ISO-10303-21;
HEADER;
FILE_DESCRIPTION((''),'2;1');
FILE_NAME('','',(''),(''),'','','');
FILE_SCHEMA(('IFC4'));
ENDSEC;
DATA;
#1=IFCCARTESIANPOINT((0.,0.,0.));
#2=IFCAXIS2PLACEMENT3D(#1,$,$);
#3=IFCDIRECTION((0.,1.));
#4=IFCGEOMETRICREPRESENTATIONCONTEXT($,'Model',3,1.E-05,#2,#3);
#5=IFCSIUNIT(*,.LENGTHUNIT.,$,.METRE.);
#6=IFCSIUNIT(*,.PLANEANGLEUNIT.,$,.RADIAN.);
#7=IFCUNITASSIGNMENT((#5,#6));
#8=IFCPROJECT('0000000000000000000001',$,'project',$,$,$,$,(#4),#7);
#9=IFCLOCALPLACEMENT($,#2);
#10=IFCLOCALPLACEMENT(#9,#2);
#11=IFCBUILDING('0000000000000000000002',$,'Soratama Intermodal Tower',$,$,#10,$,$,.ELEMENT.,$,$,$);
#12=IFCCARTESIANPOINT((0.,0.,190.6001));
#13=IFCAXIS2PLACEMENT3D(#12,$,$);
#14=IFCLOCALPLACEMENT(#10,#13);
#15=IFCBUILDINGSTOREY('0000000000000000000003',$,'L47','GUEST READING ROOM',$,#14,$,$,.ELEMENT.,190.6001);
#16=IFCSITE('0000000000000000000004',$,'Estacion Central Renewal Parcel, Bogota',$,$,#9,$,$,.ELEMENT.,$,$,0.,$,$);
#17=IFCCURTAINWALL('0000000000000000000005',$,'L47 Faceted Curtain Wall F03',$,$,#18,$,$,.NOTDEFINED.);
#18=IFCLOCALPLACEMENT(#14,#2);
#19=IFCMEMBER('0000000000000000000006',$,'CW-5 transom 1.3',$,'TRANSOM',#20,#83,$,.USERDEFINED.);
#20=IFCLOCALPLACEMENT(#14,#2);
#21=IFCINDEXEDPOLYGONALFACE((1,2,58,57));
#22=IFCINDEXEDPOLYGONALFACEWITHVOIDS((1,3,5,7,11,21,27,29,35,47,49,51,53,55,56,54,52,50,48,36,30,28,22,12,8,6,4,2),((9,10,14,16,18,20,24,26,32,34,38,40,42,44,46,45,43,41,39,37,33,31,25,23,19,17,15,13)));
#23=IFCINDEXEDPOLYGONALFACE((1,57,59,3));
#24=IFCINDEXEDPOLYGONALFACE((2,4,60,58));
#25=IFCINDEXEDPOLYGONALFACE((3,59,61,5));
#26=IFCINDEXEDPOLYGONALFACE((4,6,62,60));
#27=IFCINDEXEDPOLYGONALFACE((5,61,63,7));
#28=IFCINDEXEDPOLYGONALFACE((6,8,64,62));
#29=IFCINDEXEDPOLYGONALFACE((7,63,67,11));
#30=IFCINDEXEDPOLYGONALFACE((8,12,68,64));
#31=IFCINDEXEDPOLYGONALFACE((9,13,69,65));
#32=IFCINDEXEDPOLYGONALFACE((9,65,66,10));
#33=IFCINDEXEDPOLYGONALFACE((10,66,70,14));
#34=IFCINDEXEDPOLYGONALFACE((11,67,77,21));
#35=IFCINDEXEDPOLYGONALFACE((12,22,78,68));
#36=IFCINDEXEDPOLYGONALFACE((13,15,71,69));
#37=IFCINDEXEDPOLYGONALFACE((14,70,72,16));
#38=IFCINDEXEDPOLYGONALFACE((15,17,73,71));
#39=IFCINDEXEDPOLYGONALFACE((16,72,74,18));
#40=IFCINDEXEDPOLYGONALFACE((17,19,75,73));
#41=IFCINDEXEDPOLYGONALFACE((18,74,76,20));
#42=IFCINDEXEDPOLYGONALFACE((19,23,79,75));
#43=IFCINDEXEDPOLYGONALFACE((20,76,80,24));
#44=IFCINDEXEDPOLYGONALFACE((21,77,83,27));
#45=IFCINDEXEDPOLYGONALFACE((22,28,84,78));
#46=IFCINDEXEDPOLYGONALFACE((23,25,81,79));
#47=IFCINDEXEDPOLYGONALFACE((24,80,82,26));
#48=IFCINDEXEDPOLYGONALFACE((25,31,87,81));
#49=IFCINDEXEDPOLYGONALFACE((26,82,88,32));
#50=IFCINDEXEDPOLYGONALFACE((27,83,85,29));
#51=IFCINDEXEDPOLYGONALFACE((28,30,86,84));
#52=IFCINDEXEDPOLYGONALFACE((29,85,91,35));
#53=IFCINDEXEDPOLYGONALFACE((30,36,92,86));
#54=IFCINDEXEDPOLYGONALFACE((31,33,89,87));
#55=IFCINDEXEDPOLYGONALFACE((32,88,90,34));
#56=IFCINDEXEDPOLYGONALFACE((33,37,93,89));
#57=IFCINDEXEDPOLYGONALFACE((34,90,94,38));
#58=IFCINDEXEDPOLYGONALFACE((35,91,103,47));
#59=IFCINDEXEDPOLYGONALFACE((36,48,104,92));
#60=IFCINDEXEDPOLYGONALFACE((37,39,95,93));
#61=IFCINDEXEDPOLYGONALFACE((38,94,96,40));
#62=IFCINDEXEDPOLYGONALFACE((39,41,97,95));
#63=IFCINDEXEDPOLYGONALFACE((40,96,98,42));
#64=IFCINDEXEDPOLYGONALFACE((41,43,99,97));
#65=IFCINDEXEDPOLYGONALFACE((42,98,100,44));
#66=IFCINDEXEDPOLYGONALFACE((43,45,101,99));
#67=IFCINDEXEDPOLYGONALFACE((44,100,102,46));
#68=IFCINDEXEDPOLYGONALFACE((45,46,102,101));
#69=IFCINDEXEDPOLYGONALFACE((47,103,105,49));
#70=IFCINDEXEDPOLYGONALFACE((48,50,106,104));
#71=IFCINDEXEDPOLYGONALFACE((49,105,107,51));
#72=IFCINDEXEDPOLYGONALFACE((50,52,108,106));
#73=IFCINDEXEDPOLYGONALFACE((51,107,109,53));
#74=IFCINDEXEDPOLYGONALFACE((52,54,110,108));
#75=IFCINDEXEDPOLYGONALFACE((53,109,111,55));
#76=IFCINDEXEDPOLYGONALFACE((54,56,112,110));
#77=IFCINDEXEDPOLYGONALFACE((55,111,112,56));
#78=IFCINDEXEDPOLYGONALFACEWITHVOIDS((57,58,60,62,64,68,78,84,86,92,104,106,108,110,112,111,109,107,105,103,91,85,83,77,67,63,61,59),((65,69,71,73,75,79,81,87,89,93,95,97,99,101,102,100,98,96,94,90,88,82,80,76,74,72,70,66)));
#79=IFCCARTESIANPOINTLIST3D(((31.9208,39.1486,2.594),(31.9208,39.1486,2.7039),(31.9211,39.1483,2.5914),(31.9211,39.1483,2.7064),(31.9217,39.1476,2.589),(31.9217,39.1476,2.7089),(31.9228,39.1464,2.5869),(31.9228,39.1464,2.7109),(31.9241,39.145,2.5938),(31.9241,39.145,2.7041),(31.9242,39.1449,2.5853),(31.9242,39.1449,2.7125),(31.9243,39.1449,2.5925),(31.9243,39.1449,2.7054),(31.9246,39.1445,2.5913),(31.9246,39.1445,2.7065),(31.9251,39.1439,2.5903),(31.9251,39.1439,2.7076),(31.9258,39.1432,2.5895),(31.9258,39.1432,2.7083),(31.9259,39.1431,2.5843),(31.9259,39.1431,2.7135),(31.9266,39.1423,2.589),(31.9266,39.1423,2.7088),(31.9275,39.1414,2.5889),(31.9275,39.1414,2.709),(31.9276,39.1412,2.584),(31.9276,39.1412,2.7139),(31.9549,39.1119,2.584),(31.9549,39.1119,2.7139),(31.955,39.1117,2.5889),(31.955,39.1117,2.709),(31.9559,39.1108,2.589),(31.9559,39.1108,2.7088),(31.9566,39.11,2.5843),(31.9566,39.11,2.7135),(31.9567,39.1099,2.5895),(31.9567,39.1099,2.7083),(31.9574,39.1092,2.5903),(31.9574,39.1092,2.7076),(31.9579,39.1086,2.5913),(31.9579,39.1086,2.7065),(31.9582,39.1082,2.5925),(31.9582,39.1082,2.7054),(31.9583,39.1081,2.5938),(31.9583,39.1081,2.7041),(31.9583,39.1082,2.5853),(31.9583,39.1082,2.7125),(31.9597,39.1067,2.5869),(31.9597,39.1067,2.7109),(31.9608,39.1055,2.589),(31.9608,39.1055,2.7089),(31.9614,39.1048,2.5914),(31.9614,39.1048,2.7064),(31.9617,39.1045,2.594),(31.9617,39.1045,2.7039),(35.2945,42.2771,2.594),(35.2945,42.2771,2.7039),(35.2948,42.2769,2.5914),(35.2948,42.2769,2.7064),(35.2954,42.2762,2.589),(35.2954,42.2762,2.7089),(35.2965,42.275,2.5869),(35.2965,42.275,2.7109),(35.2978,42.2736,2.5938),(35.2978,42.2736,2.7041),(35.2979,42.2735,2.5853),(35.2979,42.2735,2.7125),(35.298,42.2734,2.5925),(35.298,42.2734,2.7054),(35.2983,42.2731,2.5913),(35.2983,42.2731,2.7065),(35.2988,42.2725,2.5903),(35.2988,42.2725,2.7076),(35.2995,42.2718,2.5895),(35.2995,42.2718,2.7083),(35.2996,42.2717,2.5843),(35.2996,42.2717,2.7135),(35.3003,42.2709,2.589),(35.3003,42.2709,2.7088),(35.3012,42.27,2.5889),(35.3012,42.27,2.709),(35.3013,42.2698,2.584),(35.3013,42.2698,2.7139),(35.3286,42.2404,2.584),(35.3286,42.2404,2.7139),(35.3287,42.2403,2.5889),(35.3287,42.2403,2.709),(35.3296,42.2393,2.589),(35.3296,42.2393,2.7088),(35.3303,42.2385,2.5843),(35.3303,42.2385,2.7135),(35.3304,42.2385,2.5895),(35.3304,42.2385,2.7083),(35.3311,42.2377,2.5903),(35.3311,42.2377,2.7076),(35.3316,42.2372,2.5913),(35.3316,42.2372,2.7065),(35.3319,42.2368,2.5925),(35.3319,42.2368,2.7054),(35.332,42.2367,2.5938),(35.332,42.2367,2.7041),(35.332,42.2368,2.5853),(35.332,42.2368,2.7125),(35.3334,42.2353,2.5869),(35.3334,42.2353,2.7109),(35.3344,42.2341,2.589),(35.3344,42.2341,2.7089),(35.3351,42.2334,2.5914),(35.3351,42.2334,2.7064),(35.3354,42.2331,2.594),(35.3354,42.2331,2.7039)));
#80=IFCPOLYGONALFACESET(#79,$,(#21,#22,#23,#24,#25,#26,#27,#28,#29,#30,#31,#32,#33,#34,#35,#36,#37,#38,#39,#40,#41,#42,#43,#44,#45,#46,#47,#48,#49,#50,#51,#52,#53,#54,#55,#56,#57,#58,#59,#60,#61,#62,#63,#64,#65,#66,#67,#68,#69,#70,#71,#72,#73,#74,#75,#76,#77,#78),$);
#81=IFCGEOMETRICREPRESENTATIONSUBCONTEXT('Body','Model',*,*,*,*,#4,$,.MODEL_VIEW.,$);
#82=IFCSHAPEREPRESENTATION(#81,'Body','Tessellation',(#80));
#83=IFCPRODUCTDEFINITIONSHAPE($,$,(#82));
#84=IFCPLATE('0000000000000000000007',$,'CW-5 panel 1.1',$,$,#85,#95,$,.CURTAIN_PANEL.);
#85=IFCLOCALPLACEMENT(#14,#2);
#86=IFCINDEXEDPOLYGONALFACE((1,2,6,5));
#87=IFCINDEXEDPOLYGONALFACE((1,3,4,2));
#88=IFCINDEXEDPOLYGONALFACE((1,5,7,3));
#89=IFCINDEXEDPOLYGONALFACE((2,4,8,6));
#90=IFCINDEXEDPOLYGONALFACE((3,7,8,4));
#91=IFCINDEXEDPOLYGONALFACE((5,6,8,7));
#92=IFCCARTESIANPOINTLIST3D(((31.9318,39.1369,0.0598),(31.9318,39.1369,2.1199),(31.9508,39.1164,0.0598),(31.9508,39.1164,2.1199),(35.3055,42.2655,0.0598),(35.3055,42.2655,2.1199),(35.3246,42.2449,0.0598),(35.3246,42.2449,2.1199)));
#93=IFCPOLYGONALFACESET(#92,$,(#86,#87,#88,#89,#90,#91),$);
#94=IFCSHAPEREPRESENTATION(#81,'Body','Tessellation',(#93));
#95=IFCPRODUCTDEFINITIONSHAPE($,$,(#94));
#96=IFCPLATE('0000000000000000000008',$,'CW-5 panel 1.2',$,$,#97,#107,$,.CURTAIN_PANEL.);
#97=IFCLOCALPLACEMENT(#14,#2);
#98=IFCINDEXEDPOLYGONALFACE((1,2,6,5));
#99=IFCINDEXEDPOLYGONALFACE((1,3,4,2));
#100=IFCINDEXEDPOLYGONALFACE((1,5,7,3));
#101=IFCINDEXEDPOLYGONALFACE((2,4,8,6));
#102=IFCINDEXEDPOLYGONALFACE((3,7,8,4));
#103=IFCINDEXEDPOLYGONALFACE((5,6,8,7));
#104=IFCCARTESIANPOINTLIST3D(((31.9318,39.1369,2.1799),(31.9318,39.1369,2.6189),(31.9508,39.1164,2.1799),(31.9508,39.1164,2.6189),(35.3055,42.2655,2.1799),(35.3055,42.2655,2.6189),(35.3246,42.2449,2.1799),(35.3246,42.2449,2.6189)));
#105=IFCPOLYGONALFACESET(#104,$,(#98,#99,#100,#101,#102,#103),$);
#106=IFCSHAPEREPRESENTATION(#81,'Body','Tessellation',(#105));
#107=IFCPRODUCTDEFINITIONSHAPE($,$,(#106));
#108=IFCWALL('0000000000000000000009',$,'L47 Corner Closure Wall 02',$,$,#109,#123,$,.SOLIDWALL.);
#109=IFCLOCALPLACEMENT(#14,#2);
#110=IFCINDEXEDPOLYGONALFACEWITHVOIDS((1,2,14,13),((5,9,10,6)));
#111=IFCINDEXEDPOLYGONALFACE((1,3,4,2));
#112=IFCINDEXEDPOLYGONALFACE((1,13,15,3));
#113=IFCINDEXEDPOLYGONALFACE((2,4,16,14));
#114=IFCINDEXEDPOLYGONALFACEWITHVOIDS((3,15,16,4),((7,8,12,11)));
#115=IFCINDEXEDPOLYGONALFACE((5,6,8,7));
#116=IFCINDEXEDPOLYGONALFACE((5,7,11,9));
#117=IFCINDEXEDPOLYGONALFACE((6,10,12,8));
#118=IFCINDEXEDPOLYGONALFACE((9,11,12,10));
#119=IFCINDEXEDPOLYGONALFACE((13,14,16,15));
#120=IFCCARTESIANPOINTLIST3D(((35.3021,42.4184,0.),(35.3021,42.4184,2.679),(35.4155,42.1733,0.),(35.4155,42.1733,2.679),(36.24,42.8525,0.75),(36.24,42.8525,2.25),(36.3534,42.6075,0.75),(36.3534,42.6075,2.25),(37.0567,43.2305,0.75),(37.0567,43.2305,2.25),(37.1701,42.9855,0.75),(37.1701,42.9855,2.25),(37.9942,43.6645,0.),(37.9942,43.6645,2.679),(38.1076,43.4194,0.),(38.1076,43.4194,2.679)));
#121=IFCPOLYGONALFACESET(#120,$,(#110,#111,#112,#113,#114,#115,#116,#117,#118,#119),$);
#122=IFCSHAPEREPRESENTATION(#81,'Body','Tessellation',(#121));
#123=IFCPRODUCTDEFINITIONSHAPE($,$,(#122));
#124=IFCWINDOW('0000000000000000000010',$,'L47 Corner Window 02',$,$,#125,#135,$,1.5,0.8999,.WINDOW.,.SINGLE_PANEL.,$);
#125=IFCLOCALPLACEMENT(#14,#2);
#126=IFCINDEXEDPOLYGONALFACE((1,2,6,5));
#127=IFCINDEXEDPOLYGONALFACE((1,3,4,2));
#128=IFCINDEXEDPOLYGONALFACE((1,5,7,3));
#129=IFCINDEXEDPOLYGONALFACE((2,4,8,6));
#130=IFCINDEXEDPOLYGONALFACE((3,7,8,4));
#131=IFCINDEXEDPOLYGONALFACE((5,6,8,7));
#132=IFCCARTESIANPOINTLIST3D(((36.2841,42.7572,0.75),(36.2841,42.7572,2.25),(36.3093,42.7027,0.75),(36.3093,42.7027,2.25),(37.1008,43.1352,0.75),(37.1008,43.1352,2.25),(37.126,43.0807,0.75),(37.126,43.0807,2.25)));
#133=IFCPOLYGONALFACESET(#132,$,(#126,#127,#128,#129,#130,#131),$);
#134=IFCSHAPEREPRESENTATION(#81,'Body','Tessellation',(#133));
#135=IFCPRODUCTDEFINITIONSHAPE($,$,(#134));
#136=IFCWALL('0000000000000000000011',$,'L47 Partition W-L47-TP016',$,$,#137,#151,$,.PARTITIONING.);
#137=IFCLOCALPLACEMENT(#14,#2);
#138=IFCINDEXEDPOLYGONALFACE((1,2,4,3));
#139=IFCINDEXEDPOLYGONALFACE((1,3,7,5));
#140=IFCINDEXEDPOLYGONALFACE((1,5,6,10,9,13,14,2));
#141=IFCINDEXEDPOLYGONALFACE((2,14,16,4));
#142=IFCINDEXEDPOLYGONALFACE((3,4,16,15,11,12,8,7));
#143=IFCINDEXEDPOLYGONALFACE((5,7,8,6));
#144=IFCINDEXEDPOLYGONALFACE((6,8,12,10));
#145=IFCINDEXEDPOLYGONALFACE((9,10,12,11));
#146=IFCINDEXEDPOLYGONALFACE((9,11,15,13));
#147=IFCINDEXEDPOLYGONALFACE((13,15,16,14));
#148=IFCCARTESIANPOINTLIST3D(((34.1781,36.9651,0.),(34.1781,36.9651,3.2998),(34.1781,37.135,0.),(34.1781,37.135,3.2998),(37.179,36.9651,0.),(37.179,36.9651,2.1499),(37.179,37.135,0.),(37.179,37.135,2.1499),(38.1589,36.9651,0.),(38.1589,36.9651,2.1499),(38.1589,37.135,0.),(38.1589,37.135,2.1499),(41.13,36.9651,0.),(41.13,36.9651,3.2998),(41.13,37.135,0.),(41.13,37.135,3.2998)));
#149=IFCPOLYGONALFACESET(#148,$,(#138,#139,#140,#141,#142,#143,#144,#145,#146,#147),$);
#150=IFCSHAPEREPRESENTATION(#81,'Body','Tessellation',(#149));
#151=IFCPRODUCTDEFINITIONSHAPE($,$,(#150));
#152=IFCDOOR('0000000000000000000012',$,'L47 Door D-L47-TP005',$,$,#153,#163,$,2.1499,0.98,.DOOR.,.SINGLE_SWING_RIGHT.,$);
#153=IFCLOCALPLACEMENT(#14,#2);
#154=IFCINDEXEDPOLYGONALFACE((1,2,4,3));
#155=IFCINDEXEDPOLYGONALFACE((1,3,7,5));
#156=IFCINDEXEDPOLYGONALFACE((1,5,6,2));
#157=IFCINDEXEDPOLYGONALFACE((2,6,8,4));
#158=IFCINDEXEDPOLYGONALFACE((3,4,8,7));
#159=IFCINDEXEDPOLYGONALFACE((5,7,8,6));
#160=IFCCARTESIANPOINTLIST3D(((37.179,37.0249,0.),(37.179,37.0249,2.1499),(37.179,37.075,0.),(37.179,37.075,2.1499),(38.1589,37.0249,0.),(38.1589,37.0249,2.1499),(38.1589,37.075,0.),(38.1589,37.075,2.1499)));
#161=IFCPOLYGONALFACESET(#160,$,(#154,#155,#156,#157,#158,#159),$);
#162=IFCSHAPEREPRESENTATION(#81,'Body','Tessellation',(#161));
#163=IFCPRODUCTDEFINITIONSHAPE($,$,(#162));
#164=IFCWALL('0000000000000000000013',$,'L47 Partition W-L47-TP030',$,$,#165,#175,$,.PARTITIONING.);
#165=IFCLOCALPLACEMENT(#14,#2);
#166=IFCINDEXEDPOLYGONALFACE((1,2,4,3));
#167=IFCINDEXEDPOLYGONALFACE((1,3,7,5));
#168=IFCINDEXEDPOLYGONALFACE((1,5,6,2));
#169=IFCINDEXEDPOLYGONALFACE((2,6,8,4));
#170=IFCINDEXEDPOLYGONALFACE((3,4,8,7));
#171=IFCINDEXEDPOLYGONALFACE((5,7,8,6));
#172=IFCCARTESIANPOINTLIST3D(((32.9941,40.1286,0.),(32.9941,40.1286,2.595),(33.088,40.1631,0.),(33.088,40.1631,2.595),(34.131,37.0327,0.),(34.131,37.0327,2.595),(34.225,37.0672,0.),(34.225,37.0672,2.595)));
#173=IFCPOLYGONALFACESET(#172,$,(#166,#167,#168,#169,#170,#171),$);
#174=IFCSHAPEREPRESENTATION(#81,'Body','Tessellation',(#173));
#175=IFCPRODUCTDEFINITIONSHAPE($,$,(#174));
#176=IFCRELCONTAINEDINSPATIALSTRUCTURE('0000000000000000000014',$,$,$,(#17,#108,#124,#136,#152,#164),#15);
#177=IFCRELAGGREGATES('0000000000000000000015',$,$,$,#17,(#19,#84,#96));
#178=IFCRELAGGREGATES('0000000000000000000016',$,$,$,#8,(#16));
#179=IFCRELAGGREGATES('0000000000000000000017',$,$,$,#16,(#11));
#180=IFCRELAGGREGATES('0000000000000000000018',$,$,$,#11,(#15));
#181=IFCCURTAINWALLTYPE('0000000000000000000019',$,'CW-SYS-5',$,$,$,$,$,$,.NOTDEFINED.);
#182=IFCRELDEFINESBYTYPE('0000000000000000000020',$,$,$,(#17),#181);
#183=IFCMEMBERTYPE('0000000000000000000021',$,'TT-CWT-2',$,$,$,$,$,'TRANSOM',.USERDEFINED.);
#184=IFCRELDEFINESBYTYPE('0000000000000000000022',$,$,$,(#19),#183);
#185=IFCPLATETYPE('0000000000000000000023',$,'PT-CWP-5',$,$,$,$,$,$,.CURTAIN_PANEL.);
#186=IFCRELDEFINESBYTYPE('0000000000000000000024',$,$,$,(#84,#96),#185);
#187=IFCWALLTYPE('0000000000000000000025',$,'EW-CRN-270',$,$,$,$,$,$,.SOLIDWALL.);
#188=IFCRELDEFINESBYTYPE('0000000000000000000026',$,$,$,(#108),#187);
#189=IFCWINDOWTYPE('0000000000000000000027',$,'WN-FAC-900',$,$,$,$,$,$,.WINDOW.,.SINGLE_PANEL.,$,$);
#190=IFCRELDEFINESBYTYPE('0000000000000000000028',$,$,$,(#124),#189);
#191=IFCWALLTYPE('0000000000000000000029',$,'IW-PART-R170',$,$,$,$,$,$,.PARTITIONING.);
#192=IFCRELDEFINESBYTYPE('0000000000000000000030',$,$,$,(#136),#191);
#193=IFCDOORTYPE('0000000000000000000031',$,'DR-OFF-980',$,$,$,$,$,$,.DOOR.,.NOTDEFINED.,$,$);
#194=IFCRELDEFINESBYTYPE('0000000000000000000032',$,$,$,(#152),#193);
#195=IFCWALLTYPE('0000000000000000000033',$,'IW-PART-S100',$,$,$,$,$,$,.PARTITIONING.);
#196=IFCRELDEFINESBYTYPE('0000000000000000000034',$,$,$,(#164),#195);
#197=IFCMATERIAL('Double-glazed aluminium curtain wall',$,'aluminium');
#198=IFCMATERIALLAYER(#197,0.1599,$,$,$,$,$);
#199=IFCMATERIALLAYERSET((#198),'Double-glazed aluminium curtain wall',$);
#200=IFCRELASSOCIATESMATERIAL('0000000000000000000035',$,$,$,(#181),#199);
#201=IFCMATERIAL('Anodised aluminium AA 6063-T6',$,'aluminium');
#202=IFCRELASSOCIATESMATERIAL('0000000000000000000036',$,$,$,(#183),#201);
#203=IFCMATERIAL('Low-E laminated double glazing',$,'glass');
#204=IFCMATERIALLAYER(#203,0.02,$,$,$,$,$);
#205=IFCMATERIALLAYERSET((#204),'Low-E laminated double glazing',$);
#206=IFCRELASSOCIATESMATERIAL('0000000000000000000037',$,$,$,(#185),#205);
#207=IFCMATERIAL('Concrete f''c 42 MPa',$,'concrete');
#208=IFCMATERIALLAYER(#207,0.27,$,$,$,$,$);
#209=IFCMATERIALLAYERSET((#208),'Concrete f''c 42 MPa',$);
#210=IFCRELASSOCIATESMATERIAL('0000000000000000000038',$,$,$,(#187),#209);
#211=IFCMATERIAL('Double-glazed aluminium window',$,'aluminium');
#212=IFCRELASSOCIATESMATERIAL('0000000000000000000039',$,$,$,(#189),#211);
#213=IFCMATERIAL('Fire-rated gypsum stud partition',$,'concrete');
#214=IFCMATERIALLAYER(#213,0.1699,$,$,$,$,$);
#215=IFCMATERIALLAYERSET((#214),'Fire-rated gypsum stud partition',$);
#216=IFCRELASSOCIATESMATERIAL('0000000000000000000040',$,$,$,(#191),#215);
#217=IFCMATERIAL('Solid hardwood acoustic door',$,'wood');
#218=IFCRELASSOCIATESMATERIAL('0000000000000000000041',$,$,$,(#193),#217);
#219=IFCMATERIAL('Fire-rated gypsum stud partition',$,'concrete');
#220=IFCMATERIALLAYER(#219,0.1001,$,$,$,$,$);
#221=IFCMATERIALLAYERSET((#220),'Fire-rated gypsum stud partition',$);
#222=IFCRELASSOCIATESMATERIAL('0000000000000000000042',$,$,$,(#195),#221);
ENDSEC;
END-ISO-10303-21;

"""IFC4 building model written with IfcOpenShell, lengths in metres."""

from ifc_helpers import new_model, si_unit, direction, frame, frame_2d, origin, origin_2d, place, context, subcontext, project, spatial, rectangle, hollow_rectangle, extrude, material, layer, layer_set, material_profile, profile_set, type_object, element, fill, aggregate, save


model = new_model("IFC4")

# Units and contexts
model_context = context("Model", 3, precision=1e-05, world=origin(), true_north=direction((0.0, 1.0)))
body_context = subcontext(model_context, "Body", "Model", "MODEL_VIEW")
ifc_project = project(units=[si_unit("LENGTHUNIT", "METRE"), si_unit("PLANEANGLEUNIT", "RADIAN")], contexts=[model_context])

# Site, building, storey
site_placement = place(None, origin())
site = spatial("IfcSite", under=ifc_project, at=site_placement, Name="Estacion Central Renewal Parcel, Bogota", CompositionType="ELEMENT", RefElevation=0.0)
building_placement = place(site_placement, origin())
building = spatial("IfcBuilding", under=site, at=building_placement, Name="Soratama Intermodal Tower", CompositionType="ELEMENT")
storey_placement = place(building_placement, frame((0.0, 0.0, 190.6001)))
storey = spatial("IfcBuildingStorey", under=building, at=storey_placement, Name="L47", Description="GUEST READING ROOM", CompositionType="ELEMENT", Elevation=190.6001)

# Curtain wall, member, plates
ifc_material_1 = material(Name="Double-glazed aluminium curtain wall", Category="aluminium")
ifc_layer_1 = layer(ifc_material_1, 0.1599)
ifc_layer_set_1 = layer_set([ifc_layer_1], Name="Double-glazed aluminium curtain wall")
curtain_wall_type = type_object("IfcCurtainWallType", Name="CW-SYS-5", PredefinedType="NOTDEFINED", material=ifc_layer_set_1)
curtain_wall_placement = place(storey_placement, origin())
curtain_wall = element("IfcCurtainWall", 1, at=curtain_wall_placement, inside=storey, type_object=curtain_wall_type, Name="L47 Faceted Curtain Wall F03", PredefinedType="NOTDEFINED")
ifc_material_2 = material(Name="Anodised aluminium AA 6063-T6", Category="aluminium")
ifc_material_profile_1 = material_profile(ifc_material_2, hollow_rectangle(XDim=0.0601, YDim=0.1299, WallThickness=0.0049, InnerFilletRadius=0.0049, OuterFilletRadius=0.01, at=origin_2d()), Name="CWT130X60X5")
ifc_profile_set_1 = profile_set([ifc_material_profile_1], Name="Anodised aluminium AA 6063-T6")
member_type_1 = type_object("IfcMemberType", Name="TT-CWT-2", ElementType="TRANSOM", PredefinedType="USERDEFINED", material=ifc_profile_set_1)
member_1_placement = place(storey_placement, frame((35.3149, 42.2551, 2.6489), z_axis=(-0.733241, -0.679969, 0.0), x_axis=(0.679969, -0.733241, 0.0)))
member_1 = element("IfcMember", 2, at=member_1_placement, type_object=member_type_1, Name="CW-5 transom 1.3", ObjectType="TRANSOM", PredefinedType="USERDEFINED", context=body_context, shape_type="SweptSolid", body=[
    extrude(hollow_rectangle(XDim=0.0601, YDim=0.1299, WallThickness=0.0049, InnerFilletRadius=0.0049, OuterFilletRadius=0.01, at=origin_2d()), origin(), (0.0, 0.0, 1.0), 4.6011),
])
ifc_material_3 = material(Name="Low-E laminated double glazing", Category="glass")
ifc_layer_2 = layer(ifc_material_3, 0.02)
ifc_layer_set_2 = layer_set([ifc_layer_2], Name="Low-E laminated double glazing")
plate_type = type_object("IfcPlateType", Name="PT-CWP-5", PredefinedType="CURTAIN_PANEL", material=ifc_layer_set_2)
plate_1_placement = place(storey_placement, frame((33.6282, 40.6909, 0.0598), z_axis=(0.0, 0.0, 1.0), x_axis=(-0.733251, -0.679958, 0.0)))
plate_1 = element("IfcPlate", 3, at=plate_1_placement, type_object=plate_type, Name="CW-5 panel 1.1", PredefinedType="CURTAIN_PANEL", context=body_context, shape_type="SweptSolid", body=[
    extrude(rectangle(XDim=4.6011, YDim=0.0281, at=origin_2d()), origin(), (0.0, 0.0, 1.0), 2.0601),
])
plate_2_placement = place(storey_placement, frame((33.6282, 40.6909, 2.1799), z_axis=(0.0, 0.0, 1.0), x_axis=(-0.733251, -0.679958, 0.0)))
plate_2 = element("IfcPlate", 4, at=plate_2_placement, type_object=plate_type, Name="CW-5 panel 1.2", PredefinedType="CURTAIN_PANEL", context=body_context, shape_type="SweptSolid", body=[
    extrude(rectangle(XDim=4.6011, YDim=0.0281, at=origin_2d()), origin(), (0.0, 0.0, 1.0), 0.439),
])
aggregate(curtain_wall, [member_1, plate_1, plate_2])

# Wall, opening, window
ifc_material_4 = material(Name="Concrete f'c 42 MPa", Category="concrete")
ifc_layer_3 = layer(ifc_material_4, 0.27)
ifc_layer_set_3 = layer_set([ifc_layer_3], Name="Concrete f'c 42 MPa")
wall_type_1 = type_object("IfcWallType", Name="EW-CRN-270", PredefinedType="SOLIDWALL", material=ifc_layer_set_3)
wall_1_placement = place(storey_placement, frame((38.051, 43.542, 0.0), z_axis=(0.0, 0.0, 1.0), x_axis=(-0.907501, -0.42005, 0.0)))
wall_1 = element("IfcWall", 5, at=wall_1_placement, inside=storey, type_object=wall_type_1, Name="L47 Corner Closure Wall 02", PredefinedType="SOLIDWALL", context=body_context, shape_type="SweptSolid", body=[
    extrude(rectangle(XDim=2.9666, YDim=0.27, at=frame_2d((1.4834, 0.0))), origin(), (0.0, 0.0, 1.0), 2.679),
])
opening_1_placement = place(wall_1_placement, frame((1.0332, 0.0, 0.75)))
opening_1 = element("IfcOpeningElement", 6, at=opening_1_placement, cuts=wall_1, PredefinedType="OPENING", context=body_context, shape_type="SweptSolid", body=[
    extrude(rectangle(XDim=0.8999, YDim=1.5, at=frame_2d((0.45, 0.75))), frame((0.0, 0.145, 0.0), z_axis=(0.0, -1.0, 0.0), x_axis=(1.0, 0.0, 0.0)), (0.0, 0.0, 1.0), 0.29),
])
ifc_material_5 = material(Name="Double-glazed aluminium window", Category="aluminium")
window_type = type_object("IfcWindowType", Name="WN-FAC-900", PartitioningType="SINGLE_PANEL", PredefinedType="WINDOW", material=ifc_material_5)
window_placement = place(opening_1_placement, origin())
window = element("IfcWindow", 7, at=window_placement, inside=storey, type_object=window_type, Name="L47 Corner Window 02", OverallHeight=1.5, OverallWidth=0.8999, PartitioningType="SINGLE_PANEL", PredefinedType="WINDOW", context=body_context, shape_type="SweptSolid", body=[
    extrude(rectangle(XDim=0.8999, YDim=1.5, at=frame_2d((0.45, 0.75))), frame((0.0, 0.03, 0.0), z_axis=(0.0, -1.0, 0.0), x_axis=(1.0, 0.0, 0.0)), (0.0, 0.0, 1.0), 0.0601),
])
fill(opening_1, window)

# Wall, opening, door
ifc_material_6 = material(Name="Fire-rated gypsum stud partition", Category="concrete")
ifc_layer_4 = layer(ifc_material_6, 0.1699)
ifc_layer_set_4 = layer_set([ifc_layer_4], Name="Fire-rated gypsum stud partition")
wall_type_2 = type_object("IfcWallType", Name="IW-PART-R170", PredefinedType="PARTITIONING", material=ifc_layer_set_4)
wall_2_placement = place(storey_placement, frame((34.178, 37.05, 0.0), z_axis=(0.0, 0.0, 1.0), x_axis=(1.0, 0.0, 0.0)))
wall_2 = element("IfcWall", 8, at=wall_2_placement, inside=storey, type_object=wall_type_2, Name="L47 Partition W-L47-TP016", PredefinedType="PARTITIONING", context=body_context, shape_type="SweptSolid", body=[
    extrude(rectangle(XDim=6.9519, YDim=0.1699, at=frame_2d((3.4761, 0.0))), origin(), (0.0, 0.0, 1.0), 3.2998),
])
opening_2_placement = place(wall_2_placement, frame((3.001, 0.0, 0.0)))
opening_2 = element("IfcOpeningElement", 9, at=opening_2_placement, cuts=wall_2, PredefinedType="OPENING", context=body_context, shape_type="SweptSolid", body=[
    extrude(rectangle(XDim=0.98, YDim=2.1499, at=frame_2d((0.49, 1.075))), frame((0.0, 0.095, 0.0), z_axis=(0.0, -1.0, 0.0), x_axis=(1.0, 0.0, 0.0)), (0.0, 0.0, 1.0), 0.1899),
])
ifc_material_7 = material(Name="Solid hardwood acoustic door", Category="wood")
door_type = type_object("IfcDoorType", Name="DR-OFF-980", OperationType="NOTDEFINED", PredefinedType="DOOR", material=ifc_material_7)
door_placement = place(opening_2_placement, origin())
door = element("IfcDoor", 10, at=door_placement, inside=storey, type_object=door_type, Name="L47 Door D-L47-TP005", OperationType="SINGLE_SWING_RIGHT", OverallHeight=2.1499, OverallWidth=0.98, PredefinedType="DOOR", context=body_context, shape_type="SweptSolid", body=[
    extrude(rectangle(XDim=0.98, YDim=2.1499, at=frame_2d((0.49, 1.075))), frame((0.0, 0.0249, 0.0), z_axis=(0.0, -1.0, 0.0), x_axis=(1.0, 0.0, 0.0)), (0.0, 0.0, 1.0), 0.05),
])
fill(opening_2, door)

# Wall
ifc_material_8 = material(Name="Fire-rated gypsum stud partition", Category="concrete")
ifc_layer_5 = layer(ifc_material_8, 0.1001)
ifc_layer_set_5 = layer_set([ifc_layer_5], Name="Fire-rated gypsum stud partition")
wall_type_3 = type_object("IfcWallType", Name="IW-PART-S100", PredefinedType="PARTITIONING", material=ifc_layer_set_5)
wall_3_placement = place(storey_placement, frame((34.178, 37.05, 0.0), z_axis=(0.0, 0.0, 1.0), x_axis=(-0.344731, 0.938702, 0.0)))
element("IfcWall", 11, at=wall_3_placement, inside=storey, type_object=wall_type_3, Name="L47 Partition W-L47-TP030", PredefinedType="PARTITIONING", context=body_context, shape_type="SweptSolid", body=[
    extrude(rectangle(XDim=3.2981, YDim=0.1001, at=frame_2d((1.6489, 0.0))), origin(), (0.0, 0.0, 1.0), 2.595),
])

save(model, "model.ifc")
